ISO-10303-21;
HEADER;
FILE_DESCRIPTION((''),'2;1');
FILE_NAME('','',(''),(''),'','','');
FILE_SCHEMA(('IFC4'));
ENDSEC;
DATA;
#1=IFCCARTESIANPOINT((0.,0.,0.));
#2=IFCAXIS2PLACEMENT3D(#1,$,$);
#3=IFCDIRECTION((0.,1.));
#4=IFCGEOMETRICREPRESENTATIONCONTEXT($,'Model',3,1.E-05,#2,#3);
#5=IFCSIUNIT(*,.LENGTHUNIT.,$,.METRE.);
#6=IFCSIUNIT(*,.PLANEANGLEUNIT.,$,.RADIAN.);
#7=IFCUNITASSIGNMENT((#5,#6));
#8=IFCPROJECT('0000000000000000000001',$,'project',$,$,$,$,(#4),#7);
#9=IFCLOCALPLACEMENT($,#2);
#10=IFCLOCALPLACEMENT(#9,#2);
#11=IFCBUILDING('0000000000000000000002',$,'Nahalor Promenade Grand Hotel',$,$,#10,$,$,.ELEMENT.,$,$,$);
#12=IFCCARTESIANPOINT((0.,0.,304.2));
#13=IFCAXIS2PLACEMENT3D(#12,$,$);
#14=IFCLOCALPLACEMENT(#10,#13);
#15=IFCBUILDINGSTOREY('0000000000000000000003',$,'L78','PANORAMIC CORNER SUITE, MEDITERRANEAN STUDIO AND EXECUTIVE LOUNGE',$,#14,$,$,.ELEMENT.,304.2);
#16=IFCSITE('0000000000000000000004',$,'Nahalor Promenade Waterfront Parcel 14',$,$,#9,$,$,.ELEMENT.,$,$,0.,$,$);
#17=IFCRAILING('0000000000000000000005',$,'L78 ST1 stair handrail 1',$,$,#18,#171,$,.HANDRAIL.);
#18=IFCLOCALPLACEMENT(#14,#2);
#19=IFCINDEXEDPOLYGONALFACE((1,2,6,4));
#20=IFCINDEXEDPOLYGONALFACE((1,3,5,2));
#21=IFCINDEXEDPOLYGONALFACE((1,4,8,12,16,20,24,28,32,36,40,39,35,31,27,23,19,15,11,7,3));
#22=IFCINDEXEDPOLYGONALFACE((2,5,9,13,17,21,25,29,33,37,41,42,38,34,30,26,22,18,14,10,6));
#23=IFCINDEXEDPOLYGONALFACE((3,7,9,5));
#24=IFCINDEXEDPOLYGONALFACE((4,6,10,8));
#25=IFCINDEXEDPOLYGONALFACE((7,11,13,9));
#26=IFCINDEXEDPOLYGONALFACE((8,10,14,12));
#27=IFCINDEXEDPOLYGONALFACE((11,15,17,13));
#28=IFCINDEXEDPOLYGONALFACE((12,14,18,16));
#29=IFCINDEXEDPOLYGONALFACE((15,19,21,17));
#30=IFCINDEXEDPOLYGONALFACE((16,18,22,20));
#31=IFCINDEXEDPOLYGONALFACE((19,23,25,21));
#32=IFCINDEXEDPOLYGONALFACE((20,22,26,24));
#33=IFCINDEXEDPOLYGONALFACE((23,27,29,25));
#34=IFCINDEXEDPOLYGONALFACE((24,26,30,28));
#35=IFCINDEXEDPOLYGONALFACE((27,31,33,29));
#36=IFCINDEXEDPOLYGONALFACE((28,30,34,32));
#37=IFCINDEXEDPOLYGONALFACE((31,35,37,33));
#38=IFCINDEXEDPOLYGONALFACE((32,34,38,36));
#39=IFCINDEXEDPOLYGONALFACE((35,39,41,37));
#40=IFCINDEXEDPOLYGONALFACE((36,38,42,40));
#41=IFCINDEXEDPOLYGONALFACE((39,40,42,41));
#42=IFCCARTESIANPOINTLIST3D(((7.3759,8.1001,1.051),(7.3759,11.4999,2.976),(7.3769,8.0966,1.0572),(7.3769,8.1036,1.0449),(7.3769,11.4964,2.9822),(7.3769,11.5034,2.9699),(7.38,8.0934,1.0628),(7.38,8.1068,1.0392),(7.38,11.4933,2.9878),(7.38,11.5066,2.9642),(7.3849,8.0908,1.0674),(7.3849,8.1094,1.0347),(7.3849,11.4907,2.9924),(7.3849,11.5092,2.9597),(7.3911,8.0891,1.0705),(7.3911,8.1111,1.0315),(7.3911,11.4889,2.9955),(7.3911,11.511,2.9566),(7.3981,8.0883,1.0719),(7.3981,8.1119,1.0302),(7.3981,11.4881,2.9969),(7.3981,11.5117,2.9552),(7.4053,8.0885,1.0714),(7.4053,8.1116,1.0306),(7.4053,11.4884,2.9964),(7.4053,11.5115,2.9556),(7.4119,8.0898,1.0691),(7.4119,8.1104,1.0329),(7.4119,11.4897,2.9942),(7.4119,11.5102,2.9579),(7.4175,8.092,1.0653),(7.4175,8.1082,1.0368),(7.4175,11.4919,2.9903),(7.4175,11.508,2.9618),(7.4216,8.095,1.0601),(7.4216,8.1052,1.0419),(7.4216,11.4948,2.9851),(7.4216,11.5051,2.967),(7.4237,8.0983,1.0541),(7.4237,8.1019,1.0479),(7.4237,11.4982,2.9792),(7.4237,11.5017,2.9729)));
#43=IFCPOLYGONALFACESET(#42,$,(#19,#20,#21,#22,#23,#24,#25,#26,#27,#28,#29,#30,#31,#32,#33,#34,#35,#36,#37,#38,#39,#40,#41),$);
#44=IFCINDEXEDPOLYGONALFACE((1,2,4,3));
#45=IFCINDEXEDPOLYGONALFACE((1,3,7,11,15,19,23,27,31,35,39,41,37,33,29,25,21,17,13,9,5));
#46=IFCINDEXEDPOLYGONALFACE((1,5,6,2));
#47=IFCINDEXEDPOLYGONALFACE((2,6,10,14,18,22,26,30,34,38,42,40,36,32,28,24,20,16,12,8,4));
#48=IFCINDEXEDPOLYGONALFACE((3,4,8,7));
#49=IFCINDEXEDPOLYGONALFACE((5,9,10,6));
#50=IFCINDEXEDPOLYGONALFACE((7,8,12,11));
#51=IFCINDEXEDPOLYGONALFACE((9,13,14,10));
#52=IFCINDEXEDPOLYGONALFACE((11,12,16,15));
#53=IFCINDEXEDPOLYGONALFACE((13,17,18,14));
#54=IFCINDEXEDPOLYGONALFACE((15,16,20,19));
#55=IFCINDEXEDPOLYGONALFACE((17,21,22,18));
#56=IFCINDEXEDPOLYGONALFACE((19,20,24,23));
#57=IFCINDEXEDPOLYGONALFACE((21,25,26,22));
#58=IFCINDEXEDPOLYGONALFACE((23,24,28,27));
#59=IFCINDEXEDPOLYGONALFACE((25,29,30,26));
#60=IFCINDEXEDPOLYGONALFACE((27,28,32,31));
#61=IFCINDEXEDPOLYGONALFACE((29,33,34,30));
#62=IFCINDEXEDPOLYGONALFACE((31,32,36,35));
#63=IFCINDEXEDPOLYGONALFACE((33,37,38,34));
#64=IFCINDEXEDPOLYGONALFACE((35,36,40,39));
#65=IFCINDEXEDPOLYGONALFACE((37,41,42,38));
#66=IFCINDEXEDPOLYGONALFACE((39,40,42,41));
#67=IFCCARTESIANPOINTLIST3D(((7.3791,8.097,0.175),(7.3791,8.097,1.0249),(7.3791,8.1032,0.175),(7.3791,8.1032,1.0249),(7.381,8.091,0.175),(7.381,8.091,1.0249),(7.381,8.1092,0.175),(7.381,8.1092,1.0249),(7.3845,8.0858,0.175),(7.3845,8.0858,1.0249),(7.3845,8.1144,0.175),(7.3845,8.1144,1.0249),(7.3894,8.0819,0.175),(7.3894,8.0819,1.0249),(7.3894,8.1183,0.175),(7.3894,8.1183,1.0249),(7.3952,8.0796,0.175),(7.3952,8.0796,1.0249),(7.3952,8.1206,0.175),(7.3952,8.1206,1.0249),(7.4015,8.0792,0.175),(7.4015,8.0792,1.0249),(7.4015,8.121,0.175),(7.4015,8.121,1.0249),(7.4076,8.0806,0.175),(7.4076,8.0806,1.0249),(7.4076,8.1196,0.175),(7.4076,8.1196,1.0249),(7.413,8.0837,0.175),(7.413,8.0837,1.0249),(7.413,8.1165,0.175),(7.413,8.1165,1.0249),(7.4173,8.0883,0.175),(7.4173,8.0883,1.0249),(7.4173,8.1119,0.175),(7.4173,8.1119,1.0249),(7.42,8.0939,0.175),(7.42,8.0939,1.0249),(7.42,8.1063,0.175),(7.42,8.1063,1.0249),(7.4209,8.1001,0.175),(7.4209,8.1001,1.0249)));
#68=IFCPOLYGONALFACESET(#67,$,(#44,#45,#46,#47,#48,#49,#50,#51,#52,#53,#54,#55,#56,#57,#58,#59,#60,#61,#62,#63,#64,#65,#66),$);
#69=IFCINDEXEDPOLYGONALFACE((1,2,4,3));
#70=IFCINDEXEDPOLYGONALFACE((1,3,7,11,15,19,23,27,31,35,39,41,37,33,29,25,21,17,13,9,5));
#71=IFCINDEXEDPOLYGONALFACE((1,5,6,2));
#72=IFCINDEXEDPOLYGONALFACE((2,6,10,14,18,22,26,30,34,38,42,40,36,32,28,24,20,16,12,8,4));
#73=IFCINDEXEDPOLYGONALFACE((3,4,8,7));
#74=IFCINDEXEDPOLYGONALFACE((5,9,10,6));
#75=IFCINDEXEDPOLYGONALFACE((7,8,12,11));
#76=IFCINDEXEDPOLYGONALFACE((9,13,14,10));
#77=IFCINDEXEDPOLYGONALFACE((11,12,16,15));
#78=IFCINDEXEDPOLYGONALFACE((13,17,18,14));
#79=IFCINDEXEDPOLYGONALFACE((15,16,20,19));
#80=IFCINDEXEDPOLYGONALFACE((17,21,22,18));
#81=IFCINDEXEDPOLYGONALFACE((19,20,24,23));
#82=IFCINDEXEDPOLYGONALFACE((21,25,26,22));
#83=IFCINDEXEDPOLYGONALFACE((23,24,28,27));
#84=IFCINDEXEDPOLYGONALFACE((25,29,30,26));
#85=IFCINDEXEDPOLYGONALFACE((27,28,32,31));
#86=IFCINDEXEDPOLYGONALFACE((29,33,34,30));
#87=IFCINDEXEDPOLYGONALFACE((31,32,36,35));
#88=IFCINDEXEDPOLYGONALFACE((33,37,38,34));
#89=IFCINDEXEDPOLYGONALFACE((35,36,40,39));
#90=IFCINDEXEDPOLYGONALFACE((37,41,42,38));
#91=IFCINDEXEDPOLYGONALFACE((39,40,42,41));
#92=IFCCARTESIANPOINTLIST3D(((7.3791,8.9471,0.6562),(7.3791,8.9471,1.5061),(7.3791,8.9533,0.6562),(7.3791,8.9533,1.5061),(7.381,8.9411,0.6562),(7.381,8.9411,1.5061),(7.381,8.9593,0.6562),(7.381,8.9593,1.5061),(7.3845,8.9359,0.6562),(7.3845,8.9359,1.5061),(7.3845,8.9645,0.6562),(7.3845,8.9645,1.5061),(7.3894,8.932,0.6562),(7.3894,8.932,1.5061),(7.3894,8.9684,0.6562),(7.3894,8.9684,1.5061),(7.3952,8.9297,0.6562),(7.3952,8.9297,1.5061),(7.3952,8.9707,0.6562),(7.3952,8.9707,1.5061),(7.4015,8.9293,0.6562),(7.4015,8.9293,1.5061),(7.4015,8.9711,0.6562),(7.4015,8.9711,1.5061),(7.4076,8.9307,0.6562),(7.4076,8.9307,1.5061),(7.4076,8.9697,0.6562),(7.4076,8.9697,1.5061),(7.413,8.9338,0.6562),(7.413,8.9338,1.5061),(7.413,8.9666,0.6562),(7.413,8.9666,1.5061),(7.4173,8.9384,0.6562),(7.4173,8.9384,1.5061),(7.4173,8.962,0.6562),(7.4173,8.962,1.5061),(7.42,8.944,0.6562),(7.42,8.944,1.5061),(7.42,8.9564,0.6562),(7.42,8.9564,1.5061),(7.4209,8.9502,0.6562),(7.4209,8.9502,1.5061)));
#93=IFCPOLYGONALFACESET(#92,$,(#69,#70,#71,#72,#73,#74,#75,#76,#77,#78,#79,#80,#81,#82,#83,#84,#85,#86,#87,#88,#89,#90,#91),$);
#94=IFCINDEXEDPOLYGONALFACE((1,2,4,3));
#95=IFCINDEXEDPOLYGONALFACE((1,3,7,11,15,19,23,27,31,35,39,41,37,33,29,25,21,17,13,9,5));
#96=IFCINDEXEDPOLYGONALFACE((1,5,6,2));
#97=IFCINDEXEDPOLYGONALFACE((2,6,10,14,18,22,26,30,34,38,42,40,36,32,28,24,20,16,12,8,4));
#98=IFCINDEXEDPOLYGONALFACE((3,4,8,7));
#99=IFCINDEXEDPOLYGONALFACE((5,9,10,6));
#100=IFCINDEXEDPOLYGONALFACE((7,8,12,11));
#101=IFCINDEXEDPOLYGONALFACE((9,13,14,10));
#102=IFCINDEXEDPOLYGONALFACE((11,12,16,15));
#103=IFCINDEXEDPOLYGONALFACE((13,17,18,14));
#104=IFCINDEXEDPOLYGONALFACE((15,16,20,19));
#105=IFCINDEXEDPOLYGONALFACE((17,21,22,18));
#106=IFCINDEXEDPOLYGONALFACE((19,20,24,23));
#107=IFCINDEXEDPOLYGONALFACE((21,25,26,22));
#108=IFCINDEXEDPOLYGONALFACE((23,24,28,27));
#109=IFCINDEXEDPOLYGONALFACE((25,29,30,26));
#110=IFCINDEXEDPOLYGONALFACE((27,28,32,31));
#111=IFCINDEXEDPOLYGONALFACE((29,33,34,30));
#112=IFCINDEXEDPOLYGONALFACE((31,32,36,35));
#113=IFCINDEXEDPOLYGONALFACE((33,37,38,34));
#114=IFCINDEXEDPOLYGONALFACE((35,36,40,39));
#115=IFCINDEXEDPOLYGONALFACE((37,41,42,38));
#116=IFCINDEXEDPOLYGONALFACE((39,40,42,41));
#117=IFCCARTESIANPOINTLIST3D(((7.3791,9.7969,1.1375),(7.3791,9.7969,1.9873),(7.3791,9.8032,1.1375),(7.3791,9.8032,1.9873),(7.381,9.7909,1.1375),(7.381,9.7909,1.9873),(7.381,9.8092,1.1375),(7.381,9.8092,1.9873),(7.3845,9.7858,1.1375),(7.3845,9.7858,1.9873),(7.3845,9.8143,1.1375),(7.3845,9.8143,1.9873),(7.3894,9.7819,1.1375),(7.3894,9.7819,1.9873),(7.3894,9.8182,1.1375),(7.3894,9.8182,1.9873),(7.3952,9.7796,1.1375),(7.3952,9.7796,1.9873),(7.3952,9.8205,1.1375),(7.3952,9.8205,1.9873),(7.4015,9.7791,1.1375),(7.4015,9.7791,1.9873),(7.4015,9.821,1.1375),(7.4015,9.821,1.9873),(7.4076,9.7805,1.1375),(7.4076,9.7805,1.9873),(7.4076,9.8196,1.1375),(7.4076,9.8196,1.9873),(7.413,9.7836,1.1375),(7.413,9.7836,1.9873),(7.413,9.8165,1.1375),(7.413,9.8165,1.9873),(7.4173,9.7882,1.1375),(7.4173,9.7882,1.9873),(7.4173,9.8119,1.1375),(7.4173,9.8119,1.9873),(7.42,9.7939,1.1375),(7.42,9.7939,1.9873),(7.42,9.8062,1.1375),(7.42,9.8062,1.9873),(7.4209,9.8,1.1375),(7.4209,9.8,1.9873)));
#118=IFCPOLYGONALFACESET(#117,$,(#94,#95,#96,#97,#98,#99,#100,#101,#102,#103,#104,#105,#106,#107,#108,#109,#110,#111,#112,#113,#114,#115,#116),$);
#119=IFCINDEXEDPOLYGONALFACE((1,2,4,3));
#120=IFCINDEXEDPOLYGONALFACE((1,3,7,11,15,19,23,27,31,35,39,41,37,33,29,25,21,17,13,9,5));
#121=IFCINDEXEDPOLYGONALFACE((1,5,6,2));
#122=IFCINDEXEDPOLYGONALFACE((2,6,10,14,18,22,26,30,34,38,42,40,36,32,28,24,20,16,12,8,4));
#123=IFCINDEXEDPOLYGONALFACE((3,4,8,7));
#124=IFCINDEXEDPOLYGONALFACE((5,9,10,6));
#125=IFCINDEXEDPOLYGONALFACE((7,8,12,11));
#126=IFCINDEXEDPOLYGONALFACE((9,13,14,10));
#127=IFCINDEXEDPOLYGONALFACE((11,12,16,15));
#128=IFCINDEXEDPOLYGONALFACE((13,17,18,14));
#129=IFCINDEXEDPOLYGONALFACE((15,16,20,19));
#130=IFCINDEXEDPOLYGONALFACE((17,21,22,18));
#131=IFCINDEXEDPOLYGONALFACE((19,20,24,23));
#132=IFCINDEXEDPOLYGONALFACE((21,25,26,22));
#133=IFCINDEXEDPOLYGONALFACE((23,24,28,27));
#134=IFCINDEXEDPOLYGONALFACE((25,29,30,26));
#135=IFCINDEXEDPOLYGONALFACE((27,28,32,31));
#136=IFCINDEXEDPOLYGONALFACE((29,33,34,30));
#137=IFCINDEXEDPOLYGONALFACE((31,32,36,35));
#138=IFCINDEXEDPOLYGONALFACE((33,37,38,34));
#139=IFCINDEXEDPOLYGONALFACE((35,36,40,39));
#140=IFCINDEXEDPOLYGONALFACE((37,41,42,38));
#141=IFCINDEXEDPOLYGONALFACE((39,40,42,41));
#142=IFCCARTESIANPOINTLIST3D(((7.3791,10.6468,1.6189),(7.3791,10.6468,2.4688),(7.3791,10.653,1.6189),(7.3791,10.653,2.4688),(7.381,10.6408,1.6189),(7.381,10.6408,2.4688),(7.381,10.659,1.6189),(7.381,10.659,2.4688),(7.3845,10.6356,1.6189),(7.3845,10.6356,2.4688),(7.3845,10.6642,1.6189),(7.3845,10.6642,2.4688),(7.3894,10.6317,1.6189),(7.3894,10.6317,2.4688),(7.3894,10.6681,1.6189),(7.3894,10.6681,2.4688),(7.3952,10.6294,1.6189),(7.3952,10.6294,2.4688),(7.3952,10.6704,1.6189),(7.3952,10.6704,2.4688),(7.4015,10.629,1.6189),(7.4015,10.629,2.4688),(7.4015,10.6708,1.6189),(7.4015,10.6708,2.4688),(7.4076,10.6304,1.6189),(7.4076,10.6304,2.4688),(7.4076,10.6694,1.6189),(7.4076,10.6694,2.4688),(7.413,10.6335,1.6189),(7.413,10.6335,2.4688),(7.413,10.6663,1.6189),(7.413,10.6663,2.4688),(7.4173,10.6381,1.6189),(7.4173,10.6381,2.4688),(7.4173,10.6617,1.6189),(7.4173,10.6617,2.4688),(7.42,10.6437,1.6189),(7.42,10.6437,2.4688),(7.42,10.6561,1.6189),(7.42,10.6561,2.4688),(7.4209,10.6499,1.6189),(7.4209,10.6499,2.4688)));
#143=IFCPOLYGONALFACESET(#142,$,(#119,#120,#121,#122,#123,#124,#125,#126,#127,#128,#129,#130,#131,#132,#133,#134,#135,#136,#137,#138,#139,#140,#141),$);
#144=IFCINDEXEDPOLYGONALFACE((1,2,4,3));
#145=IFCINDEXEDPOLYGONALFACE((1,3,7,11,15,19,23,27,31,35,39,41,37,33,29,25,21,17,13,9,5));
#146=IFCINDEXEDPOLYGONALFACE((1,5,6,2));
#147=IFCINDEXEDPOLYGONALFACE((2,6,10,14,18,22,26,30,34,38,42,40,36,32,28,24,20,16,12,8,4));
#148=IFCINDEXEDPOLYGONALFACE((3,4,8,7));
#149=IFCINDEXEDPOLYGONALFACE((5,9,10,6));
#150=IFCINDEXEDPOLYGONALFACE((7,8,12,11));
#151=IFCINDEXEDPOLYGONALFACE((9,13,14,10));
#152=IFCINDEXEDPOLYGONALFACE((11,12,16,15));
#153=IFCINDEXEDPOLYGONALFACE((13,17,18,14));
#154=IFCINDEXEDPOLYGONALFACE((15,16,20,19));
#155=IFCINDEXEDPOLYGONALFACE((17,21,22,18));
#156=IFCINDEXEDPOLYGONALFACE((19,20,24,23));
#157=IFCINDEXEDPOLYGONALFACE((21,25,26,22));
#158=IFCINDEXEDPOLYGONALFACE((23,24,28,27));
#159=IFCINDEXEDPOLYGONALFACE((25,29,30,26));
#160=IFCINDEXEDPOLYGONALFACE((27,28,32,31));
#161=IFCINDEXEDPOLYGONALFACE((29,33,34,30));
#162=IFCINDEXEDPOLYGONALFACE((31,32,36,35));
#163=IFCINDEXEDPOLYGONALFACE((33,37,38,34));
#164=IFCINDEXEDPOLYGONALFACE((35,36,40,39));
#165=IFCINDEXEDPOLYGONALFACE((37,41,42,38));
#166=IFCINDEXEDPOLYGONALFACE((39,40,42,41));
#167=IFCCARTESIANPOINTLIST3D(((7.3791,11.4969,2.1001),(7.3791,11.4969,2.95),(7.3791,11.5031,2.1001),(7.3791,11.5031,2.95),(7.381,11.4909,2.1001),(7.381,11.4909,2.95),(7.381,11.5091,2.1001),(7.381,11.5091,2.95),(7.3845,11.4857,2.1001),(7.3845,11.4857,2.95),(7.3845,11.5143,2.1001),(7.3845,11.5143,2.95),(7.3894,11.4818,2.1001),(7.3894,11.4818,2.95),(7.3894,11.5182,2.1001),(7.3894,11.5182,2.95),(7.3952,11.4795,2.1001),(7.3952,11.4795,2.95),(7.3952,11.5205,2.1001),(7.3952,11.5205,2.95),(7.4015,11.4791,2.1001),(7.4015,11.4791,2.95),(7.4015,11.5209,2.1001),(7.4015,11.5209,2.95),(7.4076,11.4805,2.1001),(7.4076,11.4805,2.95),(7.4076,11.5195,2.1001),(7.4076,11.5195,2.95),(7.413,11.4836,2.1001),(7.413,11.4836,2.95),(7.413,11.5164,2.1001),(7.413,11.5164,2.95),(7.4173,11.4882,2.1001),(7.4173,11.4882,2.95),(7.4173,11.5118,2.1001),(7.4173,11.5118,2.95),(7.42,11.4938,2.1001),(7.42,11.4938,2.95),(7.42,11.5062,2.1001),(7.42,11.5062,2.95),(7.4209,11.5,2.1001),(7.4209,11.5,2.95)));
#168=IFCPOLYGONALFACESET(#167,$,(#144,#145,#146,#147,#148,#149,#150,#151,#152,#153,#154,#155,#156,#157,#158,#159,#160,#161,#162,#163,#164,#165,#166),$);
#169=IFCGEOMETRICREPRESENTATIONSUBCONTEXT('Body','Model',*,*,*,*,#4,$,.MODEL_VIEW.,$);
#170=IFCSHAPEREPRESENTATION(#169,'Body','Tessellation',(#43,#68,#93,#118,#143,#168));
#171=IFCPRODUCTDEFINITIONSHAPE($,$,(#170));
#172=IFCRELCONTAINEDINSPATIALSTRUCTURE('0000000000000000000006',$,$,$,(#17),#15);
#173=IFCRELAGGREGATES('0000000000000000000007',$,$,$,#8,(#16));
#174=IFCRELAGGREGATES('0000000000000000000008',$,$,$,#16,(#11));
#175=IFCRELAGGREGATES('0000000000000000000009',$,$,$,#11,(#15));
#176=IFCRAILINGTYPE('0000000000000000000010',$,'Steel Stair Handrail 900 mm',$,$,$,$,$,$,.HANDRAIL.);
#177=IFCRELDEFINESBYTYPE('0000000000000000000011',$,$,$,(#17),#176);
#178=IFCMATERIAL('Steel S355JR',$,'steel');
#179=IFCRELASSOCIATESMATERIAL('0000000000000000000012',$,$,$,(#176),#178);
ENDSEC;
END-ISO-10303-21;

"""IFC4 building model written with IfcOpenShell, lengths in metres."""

from ifc_helpers import new_model, si_unit, direction, frame, origin, origin_2d, place, context, subcontext, project, spatial, circle, extrude, material, type_object, element, save


model = new_model("IFC4")

# Units and contexts
model_context = context("Model", 3, precision=1e-05, world=origin(), true_north=direction((0.0, 1.0)))
body_context = subcontext(model_context, "Body", "Model", "MODEL_VIEW")
ifc_project = project(units=[si_unit("LENGTHUNIT", "METRE"), si_unit("PLANEANGLEUNIT", "RADIAN")], contexts=[model_context])

# Site, building, storey
site_placement = place(None, origin())
site = spatial("IfcSite", under=ifc_project, at=site_placement, Name="Nahalor Promenade Waterfront Parcel 14", CompositionType="ELEMENT", RefElevation=0.0)
building_placement = place(site_placement, origin())
building = spatial("IfcBuilding", under=site, at=building_placement, Name="Nahalor Promenade Grand Hotel", CompositionType="ELEMENT")
storey_placement = place(building_placement, frame((0.0, 0.0, 304.2)))
storey = spatial("IfcBuildingStorey", under=building, at=storey_placement, Name="L78", Description="PANORAMIC CORNER SUITE, MEDITERRANEAN STUDIO AND EXECUTIVE LOUNGE", CompositionType="ELEMENT", Elevation=304.2)

# Shared definitions
ifc_material_1 = material(Name="Steel S355JR", Category="steel")

# Railing
railing_type_1 = type_object("IfcRailingType", Name="Steel Stair Handrail 900 mm", PredefinedType="HANDRAIL", material=ifc_material_1)
railing_1_placement = place(storey_placement, frame((7.3999, 8.1001, 0.175)))
element("IfcRailing", 1, at=railing_1_placement, inside=storey, type_object=railing_type_1, Name="L78 ST1 stair handrail 1", PredefinedType="HANDRAIL", context=body_context, shape_type="SweptSolid", body=[
    extrude(circle(Radius=0.024, at=origin_2d()), frame((0.0, 0.0, 0.876), z_axis=(0.0, 0.870194, 0.49271), x_axis=(-1.0, 0.0, 0.0)), (0.0, 0.0, 1.0), 3.907),
    extrude(circle(Radius=0.021, at=origin_2d()), origin(), (0.0, 0.0, 1.0), 0.8499),
    extrude(circle(Radius=0.021, at=origin_2d()), frame((0.0, 0.8501, 0.4812)), (0.0, 0.0, 1.0), 0.8499),
    extrude(circle(Radius=0.021, at=origin_2d()), frame((0.0, 1.7, 0.9624)), (0.0, 0.0, 1.0), 0.8499),
    extrude(circle(Radius=0.021, at=origin_2d()), frame((0.0, 2.5498, 1.4438)), (0.0, 0.0, 1.0), 0.8499),
    extrude(circle(Radius=0.021, at=origin_2d()), frame((0.0, 3.3999, 1.925)), (0.0, 0.0, 1.0), 0.8499),
])

save(model, "model.ifc")
